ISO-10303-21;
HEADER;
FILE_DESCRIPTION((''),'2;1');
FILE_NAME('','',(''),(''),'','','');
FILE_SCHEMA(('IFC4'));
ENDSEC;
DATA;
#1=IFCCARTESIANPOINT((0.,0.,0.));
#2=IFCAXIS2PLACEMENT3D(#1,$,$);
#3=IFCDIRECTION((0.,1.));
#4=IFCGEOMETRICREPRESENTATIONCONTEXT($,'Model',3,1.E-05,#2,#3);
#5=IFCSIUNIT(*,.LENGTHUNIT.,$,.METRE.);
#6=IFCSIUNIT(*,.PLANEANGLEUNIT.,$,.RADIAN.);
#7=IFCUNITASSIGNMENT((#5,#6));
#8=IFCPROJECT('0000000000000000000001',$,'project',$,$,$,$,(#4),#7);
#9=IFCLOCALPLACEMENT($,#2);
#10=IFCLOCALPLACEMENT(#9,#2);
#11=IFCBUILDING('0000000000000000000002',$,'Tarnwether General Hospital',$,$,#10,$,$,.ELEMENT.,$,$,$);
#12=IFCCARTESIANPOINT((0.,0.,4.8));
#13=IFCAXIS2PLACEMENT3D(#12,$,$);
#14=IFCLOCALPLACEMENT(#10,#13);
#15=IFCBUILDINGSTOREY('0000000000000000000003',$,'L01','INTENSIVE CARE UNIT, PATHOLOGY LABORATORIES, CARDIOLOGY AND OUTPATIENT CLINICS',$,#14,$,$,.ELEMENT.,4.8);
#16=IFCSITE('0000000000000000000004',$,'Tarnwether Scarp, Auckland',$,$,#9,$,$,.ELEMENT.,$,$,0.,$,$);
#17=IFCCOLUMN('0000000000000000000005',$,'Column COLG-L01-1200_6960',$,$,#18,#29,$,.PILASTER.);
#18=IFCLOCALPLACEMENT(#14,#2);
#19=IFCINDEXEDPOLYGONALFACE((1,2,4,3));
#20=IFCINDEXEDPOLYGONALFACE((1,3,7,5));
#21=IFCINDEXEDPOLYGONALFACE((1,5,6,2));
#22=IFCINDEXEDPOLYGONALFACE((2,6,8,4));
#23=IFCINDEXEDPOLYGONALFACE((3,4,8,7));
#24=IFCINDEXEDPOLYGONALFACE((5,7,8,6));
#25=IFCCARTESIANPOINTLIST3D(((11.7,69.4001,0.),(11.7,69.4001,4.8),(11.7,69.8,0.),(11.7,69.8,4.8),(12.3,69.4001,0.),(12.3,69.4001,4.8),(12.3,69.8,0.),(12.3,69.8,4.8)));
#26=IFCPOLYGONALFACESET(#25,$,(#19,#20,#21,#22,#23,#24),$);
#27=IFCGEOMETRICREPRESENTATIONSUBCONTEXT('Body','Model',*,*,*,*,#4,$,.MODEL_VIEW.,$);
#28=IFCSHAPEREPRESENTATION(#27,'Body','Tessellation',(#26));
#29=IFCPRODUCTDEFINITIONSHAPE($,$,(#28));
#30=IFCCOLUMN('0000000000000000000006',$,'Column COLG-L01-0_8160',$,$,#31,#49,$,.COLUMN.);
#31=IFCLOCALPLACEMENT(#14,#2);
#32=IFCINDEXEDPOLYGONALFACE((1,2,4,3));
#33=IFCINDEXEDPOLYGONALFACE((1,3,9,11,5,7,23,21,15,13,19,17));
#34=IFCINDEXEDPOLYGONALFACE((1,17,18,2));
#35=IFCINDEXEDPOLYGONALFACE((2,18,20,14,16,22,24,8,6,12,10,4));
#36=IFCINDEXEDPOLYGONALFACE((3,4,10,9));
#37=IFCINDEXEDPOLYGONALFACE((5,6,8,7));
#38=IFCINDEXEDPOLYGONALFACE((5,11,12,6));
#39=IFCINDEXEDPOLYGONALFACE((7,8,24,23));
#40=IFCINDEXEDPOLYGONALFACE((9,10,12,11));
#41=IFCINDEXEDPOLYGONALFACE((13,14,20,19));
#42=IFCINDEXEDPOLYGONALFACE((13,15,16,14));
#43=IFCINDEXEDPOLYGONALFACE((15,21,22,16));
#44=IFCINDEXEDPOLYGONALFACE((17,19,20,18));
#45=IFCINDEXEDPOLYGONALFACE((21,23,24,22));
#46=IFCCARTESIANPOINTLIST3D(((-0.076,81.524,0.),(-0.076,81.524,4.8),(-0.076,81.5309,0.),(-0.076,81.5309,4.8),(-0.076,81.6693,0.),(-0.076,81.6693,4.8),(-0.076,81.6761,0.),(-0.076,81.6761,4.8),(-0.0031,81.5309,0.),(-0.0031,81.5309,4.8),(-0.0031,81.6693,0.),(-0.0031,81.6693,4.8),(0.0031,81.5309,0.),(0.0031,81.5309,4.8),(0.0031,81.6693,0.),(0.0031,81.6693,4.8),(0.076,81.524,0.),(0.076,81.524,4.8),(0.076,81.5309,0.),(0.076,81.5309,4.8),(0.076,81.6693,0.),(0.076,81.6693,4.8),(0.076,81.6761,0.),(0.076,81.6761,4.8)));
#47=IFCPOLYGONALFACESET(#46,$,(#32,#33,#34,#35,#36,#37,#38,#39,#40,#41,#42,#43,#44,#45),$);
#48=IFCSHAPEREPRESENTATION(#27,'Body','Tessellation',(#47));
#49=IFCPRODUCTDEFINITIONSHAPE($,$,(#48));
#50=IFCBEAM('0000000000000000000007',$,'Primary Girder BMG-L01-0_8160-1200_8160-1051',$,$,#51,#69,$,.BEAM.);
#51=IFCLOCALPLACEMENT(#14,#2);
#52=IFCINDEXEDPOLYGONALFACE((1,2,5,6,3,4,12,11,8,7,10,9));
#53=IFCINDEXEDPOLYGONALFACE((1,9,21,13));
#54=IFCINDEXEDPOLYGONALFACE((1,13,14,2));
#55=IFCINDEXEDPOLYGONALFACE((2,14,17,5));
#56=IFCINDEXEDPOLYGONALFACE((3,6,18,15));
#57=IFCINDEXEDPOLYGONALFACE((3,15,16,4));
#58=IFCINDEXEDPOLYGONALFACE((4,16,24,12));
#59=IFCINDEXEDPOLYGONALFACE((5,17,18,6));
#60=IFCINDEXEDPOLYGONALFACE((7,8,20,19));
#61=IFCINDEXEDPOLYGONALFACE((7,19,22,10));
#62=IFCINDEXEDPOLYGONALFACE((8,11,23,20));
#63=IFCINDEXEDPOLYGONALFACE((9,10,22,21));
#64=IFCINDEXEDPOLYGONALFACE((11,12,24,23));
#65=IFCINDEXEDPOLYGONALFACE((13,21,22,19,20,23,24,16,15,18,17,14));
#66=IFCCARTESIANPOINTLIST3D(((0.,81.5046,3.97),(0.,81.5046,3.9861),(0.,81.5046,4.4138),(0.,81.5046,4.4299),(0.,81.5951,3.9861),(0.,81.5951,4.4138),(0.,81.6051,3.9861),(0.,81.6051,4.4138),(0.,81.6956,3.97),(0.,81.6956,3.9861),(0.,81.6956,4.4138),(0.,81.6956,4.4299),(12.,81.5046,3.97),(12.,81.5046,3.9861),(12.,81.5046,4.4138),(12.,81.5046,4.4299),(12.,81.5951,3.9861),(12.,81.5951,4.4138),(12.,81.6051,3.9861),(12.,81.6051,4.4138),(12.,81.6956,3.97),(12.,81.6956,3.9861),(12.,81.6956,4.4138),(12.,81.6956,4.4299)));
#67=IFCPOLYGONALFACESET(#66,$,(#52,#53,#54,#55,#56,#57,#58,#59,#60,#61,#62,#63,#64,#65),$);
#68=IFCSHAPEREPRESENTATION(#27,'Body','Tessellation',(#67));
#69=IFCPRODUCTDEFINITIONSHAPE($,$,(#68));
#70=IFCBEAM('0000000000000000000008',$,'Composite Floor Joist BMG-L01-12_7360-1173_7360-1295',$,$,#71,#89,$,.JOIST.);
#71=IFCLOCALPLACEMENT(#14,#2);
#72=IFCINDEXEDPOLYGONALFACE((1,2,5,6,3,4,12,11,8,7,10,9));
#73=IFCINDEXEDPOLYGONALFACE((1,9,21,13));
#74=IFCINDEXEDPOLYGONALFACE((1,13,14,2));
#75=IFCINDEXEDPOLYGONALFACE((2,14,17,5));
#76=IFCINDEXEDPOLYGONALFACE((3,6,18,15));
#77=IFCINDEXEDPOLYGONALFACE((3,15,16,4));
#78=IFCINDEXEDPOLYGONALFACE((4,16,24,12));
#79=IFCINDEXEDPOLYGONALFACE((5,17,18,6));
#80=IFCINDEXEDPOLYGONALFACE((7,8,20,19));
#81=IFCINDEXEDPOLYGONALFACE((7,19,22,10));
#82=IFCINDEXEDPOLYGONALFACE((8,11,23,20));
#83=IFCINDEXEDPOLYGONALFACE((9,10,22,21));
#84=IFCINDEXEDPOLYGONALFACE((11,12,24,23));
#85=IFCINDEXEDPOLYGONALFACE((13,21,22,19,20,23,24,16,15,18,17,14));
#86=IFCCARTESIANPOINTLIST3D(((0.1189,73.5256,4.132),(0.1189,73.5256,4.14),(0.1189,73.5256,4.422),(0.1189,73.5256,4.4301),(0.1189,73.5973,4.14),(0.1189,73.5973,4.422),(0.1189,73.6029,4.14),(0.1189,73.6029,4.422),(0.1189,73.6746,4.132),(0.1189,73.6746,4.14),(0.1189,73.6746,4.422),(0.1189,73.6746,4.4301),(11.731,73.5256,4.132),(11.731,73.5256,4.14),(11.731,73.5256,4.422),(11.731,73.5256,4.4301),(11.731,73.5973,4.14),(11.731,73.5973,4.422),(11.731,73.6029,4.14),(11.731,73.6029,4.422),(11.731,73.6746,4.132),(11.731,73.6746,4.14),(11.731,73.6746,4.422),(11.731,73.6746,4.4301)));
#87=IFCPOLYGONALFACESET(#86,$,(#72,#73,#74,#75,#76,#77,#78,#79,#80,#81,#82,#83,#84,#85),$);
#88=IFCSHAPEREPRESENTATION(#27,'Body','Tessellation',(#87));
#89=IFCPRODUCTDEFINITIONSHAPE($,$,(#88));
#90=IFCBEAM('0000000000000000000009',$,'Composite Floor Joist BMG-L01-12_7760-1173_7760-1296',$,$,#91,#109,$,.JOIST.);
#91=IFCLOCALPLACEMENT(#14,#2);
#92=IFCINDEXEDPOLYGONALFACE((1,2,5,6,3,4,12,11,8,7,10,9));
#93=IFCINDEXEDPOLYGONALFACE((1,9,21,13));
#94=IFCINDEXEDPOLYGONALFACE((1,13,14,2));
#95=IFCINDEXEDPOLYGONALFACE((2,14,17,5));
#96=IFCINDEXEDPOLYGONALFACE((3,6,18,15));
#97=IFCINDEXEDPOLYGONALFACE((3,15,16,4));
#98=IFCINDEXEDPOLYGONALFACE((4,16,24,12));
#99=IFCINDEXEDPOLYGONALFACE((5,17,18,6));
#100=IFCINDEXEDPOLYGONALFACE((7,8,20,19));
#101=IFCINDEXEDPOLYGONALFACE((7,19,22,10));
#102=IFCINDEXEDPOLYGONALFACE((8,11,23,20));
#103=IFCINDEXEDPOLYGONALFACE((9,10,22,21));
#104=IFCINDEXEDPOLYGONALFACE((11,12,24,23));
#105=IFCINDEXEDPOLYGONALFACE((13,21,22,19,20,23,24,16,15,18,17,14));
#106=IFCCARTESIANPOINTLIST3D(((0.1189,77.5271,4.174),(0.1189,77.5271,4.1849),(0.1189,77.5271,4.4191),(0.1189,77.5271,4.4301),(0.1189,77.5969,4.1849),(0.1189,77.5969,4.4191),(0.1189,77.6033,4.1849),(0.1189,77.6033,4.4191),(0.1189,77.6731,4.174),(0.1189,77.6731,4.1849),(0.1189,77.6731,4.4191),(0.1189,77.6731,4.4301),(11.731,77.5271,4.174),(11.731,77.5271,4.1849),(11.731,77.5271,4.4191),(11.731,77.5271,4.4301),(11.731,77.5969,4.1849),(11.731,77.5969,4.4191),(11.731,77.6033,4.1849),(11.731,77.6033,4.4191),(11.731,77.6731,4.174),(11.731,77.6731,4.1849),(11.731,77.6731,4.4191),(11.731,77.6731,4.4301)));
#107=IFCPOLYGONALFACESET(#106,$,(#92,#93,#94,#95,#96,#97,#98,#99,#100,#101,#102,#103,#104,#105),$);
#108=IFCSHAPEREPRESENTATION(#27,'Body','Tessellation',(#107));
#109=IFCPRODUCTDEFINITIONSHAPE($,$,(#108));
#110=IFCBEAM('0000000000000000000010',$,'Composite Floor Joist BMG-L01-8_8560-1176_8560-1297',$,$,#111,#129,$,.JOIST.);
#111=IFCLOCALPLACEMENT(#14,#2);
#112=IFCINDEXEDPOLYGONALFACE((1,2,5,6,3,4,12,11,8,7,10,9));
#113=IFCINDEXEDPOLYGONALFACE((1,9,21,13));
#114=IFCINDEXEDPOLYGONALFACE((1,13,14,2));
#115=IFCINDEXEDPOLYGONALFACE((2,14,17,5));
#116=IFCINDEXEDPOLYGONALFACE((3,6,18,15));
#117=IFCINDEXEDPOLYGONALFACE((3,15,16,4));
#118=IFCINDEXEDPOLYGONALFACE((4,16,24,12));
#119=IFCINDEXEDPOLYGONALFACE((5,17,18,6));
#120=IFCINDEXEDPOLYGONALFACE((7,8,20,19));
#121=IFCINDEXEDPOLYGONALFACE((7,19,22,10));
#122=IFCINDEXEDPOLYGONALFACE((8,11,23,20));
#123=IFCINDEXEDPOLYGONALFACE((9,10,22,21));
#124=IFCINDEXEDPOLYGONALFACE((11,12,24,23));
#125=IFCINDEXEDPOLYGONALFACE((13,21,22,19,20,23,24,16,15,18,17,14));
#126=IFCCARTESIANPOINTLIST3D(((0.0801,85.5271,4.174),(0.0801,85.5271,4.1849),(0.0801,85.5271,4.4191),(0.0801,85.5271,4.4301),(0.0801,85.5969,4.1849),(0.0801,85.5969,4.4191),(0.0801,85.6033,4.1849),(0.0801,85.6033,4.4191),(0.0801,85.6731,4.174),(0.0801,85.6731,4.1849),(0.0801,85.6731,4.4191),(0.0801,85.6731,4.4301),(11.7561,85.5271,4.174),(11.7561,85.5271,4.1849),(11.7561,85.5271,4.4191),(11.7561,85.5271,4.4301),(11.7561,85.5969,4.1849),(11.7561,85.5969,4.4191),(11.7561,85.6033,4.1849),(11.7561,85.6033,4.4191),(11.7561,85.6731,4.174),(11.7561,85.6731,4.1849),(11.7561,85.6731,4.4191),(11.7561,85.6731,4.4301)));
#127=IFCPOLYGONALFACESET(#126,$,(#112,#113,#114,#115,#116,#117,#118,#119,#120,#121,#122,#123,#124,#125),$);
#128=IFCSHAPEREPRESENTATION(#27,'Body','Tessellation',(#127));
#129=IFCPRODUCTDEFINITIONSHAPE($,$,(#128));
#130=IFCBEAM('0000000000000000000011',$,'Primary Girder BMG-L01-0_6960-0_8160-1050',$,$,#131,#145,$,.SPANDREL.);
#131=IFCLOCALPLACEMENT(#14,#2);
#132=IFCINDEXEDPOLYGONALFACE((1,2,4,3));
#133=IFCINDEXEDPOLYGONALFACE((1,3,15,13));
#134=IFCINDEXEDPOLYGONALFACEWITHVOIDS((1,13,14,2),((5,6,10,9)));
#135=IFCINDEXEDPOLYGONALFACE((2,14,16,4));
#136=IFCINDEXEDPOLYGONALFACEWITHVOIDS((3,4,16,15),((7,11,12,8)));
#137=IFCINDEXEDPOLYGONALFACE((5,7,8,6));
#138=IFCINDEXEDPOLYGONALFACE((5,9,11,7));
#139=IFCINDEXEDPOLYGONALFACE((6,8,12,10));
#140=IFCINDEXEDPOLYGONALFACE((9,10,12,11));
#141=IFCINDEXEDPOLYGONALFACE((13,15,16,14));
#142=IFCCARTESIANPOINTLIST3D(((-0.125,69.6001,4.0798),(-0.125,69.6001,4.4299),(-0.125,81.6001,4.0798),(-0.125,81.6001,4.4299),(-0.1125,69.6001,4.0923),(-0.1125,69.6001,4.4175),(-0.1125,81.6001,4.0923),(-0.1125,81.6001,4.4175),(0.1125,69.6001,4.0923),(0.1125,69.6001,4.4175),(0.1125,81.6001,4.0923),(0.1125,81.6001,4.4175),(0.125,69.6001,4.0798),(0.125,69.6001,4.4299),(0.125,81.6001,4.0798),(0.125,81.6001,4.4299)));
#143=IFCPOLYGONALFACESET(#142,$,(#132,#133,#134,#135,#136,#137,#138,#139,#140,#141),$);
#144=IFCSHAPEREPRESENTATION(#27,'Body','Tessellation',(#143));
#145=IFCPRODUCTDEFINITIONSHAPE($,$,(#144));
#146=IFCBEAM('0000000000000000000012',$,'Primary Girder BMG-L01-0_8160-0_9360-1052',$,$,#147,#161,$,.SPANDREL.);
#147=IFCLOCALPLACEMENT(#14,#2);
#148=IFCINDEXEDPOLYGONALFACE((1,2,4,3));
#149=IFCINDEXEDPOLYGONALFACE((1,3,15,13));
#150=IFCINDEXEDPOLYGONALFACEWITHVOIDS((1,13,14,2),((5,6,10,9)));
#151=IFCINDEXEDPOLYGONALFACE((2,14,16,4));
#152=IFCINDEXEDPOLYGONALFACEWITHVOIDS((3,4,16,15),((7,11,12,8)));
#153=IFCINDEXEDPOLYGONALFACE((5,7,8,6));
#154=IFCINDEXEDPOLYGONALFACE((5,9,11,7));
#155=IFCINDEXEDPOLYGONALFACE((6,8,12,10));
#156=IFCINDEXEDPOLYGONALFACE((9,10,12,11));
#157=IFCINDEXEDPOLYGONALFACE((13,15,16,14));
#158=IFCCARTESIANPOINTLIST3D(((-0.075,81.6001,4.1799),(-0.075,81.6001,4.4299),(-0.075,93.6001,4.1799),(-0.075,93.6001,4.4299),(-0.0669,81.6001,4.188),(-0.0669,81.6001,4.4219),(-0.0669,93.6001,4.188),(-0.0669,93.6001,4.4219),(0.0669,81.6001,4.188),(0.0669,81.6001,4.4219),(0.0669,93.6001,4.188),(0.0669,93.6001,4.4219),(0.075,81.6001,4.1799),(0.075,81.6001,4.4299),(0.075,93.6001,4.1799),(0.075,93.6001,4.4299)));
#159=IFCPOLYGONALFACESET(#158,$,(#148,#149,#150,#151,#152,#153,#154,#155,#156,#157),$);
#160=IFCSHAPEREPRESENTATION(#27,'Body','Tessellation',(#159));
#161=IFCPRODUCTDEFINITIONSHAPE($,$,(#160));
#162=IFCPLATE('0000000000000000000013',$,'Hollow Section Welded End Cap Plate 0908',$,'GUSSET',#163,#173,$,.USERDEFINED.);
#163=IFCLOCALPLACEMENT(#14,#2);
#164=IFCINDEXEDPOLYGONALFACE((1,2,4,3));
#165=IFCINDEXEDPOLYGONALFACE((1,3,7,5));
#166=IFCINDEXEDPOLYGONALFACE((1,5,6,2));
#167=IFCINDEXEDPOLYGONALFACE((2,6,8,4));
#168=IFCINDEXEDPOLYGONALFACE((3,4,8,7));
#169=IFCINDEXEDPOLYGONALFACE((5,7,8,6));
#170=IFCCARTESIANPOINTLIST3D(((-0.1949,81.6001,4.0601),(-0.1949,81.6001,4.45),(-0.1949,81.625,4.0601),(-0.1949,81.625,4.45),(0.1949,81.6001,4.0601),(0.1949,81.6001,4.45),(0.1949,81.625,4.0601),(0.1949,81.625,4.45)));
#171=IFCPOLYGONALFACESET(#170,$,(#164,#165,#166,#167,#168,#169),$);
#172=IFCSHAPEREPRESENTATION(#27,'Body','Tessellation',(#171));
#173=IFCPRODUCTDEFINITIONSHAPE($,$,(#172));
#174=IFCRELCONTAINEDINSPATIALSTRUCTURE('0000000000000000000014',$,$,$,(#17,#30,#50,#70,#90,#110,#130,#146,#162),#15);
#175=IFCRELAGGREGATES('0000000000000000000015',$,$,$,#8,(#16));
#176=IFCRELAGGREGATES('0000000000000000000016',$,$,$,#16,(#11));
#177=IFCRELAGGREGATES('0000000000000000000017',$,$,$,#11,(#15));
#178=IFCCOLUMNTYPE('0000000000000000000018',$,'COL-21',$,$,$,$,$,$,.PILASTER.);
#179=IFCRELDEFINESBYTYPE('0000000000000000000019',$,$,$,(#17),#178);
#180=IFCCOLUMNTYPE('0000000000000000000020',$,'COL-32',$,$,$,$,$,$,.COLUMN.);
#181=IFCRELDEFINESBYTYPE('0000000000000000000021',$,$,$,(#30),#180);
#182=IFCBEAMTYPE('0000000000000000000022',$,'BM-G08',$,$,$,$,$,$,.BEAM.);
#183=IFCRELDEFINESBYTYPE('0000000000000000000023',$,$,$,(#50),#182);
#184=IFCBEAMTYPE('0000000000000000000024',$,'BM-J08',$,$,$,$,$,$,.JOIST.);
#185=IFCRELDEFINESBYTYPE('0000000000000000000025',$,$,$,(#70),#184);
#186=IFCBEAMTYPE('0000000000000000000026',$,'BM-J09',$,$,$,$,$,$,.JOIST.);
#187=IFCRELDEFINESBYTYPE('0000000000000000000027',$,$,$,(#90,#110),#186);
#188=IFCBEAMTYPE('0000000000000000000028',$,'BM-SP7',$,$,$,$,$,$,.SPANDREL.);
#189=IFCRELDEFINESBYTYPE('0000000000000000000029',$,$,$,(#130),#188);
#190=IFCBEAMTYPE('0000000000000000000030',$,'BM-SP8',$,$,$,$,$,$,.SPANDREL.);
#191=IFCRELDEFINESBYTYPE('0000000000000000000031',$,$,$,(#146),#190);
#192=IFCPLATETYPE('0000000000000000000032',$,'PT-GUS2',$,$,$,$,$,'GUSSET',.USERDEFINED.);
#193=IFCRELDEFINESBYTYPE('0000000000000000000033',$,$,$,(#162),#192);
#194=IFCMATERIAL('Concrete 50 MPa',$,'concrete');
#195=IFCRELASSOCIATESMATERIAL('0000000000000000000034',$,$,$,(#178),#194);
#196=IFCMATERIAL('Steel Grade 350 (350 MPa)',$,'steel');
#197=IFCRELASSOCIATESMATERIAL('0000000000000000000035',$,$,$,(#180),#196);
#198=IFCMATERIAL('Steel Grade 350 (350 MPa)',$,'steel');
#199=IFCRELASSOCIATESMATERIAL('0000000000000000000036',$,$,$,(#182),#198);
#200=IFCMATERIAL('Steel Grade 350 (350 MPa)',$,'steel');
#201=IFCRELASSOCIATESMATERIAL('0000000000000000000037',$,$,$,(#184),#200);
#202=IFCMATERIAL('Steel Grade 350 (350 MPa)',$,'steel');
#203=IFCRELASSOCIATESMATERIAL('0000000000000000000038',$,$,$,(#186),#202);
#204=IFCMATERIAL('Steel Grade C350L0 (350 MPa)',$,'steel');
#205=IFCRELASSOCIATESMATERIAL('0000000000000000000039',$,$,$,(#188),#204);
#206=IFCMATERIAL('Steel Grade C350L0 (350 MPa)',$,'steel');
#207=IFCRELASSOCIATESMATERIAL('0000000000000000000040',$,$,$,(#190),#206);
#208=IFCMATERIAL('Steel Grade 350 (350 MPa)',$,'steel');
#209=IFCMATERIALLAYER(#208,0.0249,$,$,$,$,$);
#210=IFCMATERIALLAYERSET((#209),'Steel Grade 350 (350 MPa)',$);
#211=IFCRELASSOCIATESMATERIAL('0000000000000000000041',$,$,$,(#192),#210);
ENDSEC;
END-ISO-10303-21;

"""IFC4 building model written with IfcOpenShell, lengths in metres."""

from ifc_helpers import new_model, si_unit, direction, frame, origin, origin_2d, place, context, subcontext, project, spatial, rectangle, hollow_rectangle, i_section, extrude, material, layer, layer_set, material_profile, profile_set, type_object, element, save


model = new_model("IFC4")

# Units and contexts
model_context = context("Model", 3, precision=1e-05, world=origin(), true_north=direction((0.0, 1.0)))
body_context = subcontext(model_context, "Body", "Model", "MODEL_VIEW")
ifc_project = project(units=[si_unit("LENGTHUNIT", "METRE"), si_unit("PLANEANGLEUNIT", "RADIAN")], contexts=[model_context])

# Site, building, storey
site_placement = place(None, origin())
site = spatial("IfcSite", under=ifc_project, at=site_placement, Name="Tarnwether Scarp, Auckland", CompositionType="ELEMENT", RefElevation=0.0)
building_placement = place(site_placement, origin())
building = spatial("IfcBuilding", under=site, at=building_placement, Name="Tarnwether General Hospital", CompositionType="ELEMENT")
storey_placement = place(building_placement, frame((0.0, 0.0, 4.8)))
storey = spatial("IfcBuildingStorey", under=building, at=storey_placement, Name="L01", Description="INTENSIVE CARE UNIT, PATHOLOGY LABORATORIES, CARDIOLOGY AND OUTPATIENT CLINICS", CompositionType="ELEMENT", Elevation=4.8)

# Columns
ifc_material_1 = material(Name="Concrete 50 MPa", Category="concrete")
ifc_material_profile_1 = material_profile(ifc_material_1, rectangle(XDim=0.3999, YDim=0.6001, at=origin_2d()), Name="RC-PIL-400x600")
ifc_profile_set_1 = profile_set([ifc_material_profile_1], Name="Concrete 50 MPa")
column_type_1 = type_object("IfcColumnType", Name="COL-21", PredefinedType="PILASTER", material=ifc_profile_set_1)
column_1_placement = place(storey_placement, frame((12.0, 69.6001, 0.0), z_axis=(0.0, 0.0, 1.0), x_axis=(0.0, 1.0, 0.0)))
element("IfcColumn", 1, at=column_1_placement, inside=storey, type_object=column_type_1, Name="Column COLG-L01-1200_6960", PredefinedType="PILASTER", context=body_context, shape_type="SweptSolid", body=[
    extrude(rectangle(XDim=0.3999, YDim=0.6001, at=origin_2d()), origin(), (0.0, 0.0, 1.0), 4.8),
])
ifc_material_2 = material(Name="Steel Grade 350 (350 MPa)", Category="steel")
ifc_material_profile_2 = material_profile(ifc_material_2, i_section(OverallWidth=0.1521, OverallDepth=0.1521, WebThickness=0.0061, FlangeThickness=0.0068, at=origin_2d()), Name="150UC23.4")
ifc_profile_set_2 = profile_set([ifc_material_profile_2], Name="Steel Grade 350 (350 MPa)")
column_type_2 = type_object("IfcColumnType", Name="COL-32", PredefinedType="COLUMN", material=ifc_profile_set_2)
column_2_placement = place(storey_placement, frame((0.0, 81.6001, 0.0), z_axis=(0.0, 0.0, 1.0), x_axis=(1.0, 0.0, 0.0)))
element("IfcColumn", 2, at=column_2_placement, inside=storey, type_object=column_type_2, Name="Column COLG-L01-0_8160", PredefinedType="COLUMN", context=body_context, shape_type="SweptSolid", body=[
    extrude(i_section(OverallWidth=0.1521, OverallDepth=0.1521, WebThickness=0.0061, FlangeThickness=0.0068, at=origin_2d()), origin(), (0.0, 0.0, 1.0), 4.8),
])

# Beams
ifc_material_3 = material(Name="Steel Grade 350 (350 MPa)", Category="steel")
ifc_material_profile_3 = material_profile(ifc_material_3, i_section(OverallWidth=0.1909, OverallDepth=0.46, WebThickness=0.01, FlangeThickness=0.0161, at=origin_2d()), Name="460UB82.1")
ifc_profile_set_3 = profile_set([ifc_material_profile_3], Name="Steel Grade 350 (350 MPa)")
beam_type_1 = type_object("IfcBeamType", Name="BM-G08", PredefinedType="BEAM", material=ifc_profile_set_3)
beam_1_placement = place(storey_placement, frame((0.0, 81.6001, 4.2), z_axis=(1.0, 0.0, 0.0), x_axis=(0.0, 1.0, 0.0)))
element("IfcBeam", 3, at=beam_1_placement, inside=storey, type_object=beam_type_1, Name="Primary Girder BMG-L01-0_8160-1200_8160-1051", PredefinedType="BEAM", context=body_context, shape_type="SweptSolid", body=[
    extrude(i_section(OverallWidth=0.1909, OverallDepth=0.46, WebThickness=0.01, FlangeThickness=0.0161, at=origin_2d()), origin(), (0.0, 0.0, 1.0), 12.0),
])
ifc_material_4 = material(Name="Steel Grade 350 (350 MPa)", Category="steel")
ifc_material_profile_4 = material_profile(ifc_material_4, i_section(OverallWidth=0.1489, OverallDepth=0.2981, WebThickness=0.0056, FlangeThickness=0.0081, at=origin_2d()), Name="310UB32.0")
ifc_profile_set_4 = profile_set([ifc_material_profile_4], Name="Steel Grade 350 (350 MPa)")
beam_type_2 = type_object("IfcBeamType", Name="BM-J08", PredefinedType="JOIST", material=ifc_profile_set_4)
beam_2_placement = place(storey_placement, frame((0.1189, 73.6001, 4.281), z_axis=(1.0, 0.0, 0.0), x_axis=(0.0, 1.0, 0.0)))
element("IfcBeam", 4, at=beam_2_placement, inside=storey, type_object=beam_type_2, Name="Composite Floor Joist BMG-L01-12_7360-1173_7360-1295", PredefinedType="JOIST", context=body_context, shape_type="SweptSolid", body=[
    extrude(i_section(OverallWidth=0.1489, OverallDepth=0.2981, WebThickness=0.0056, FlangeThickness=0.0081, at=origin_2d()), origin(), (0.0, 0.0, 1.0), 11.6121),
])
ifc_material_5 = material(Name="Steel Grade 350 (350 MPa)", Category="steel")
ifc_material_profile_5 = material_profile(ifc_material_5, i_section(OverallWidth=0.146, OverallDepth=0.2561, WebThickness=0.0063, FlangeThickness=0.011, at=origin_2d()), Name="250UB37.3")
ifc_profile_set_5 = profile_set([ifc_material_profile_5], Name="Steel Grade 350 (350 MPa)")
beam_type_3 = type_object("IfcBeamType", Name="BM-J09", PredefinedType="JOIST", material=ifc_profile_set_5)
beam_3_placement = place(storey_placement, frame((0.1189, 77.6001, 4.302), z_axis=(1.0, 0.0, 0.0), x_axis=(0.0, 1.0, 0.0)))
element("IfcBeam", 5, at=beam_3_placement, inside=storey, type_object=beam_type_3, Name="Composite Floor Joist BMG-L01-12_7760-1173_7760-1296", PredefinedType="JOIST", context=body_context, shape_type="SweptSolid", body=[
    extrude(i_section(OverallWidth=0.146, OverallDepth=0.2561, WebThickness=0.0063, FlangeThickness=0.011, at=origin_2d()), origin(), (0.0, 0.0, 1.0), 11.6121),
])
beam_4_placement = place(storey_placement, frame((0.0801, 85.6001, 4.302), z_axis=(1.0, 0.0, 0.0), x_axis=(0.0, 1.0, 0.0)))
element("IfcBeam", 6, at=beam_4_placement, inside=storey, type_object=beam_type_3, Name="Composite Floor Joist BMG-L01-8_8560-1176_8560-1297", PredefinedType="JOIST", context=body_context, shape_type="SweptSolid", body=[
    extrude(i_section(OverallWidth=0.146, OverallDepth=0.2561, WebThickness=0.0063, FlangeThickness=0.011, at=origin_2d()), origin(), (0.0, 0.0, 1.0), 11.676),
])
ifc_material_6 = material(Name="Steel Grade C350L0 (350 MPa)", Category="steel")
ifc_material_profile_6 = material_profile(ifc_material_6, hollow_rectangle(XDim=0.25, YDim=0.3501, WallThickness=0.0125, at=origin_2d()), Name="RHS350x250x12.5")
ifc_profile_set_6 = profile_set([ifc_material_profile_6], Name="Steel Grade C350L0 (350 MPa)")
beam_type_4 = type_object("IfcBeamType", Name="BM-SP7", PredefinedType="SPANDREL", material=ifc_profile_set_6)
beam_5_placement = place(storey_placement, frame((0.0, 69.6001, 4.2549), z_axis=(0.0, 1.0, 0.0), x_axis=(-1.0, 0.0, 0.0)))
element("IfcBeam", 7, at=beam_5_placement, inside=storey, type_object=beam_type_4, Name="Primary Girder BMG-L01-0_6960-0_8160-1050", PredefinedType="SPANDREL", context=body_context, shape_type="SweptSolid", body=[
    extrude(hollow_rectangle(XDim=0.25, YDim=0.3501, WallThickness=0.0125, at=origin_2d()), origin(), (0.0, 0.0, 1.0), 12.0),
])
ifc_material_7 = material(Name="Steel Grade C350L0 (350 MPa)", Category="steel")
ifc_material_profile_7 = material_profile(ifc_material_7, hollow_rectangle(XDim=0.1499, YDim=0.25, WallThickness=0.0081, at=origin_2d()), Name="RHS250x150x8")
ifc_profile_set_7 = profile_set([ifc_material_profile_7], Name="Steel Grade C350L0 (350 MPa)")
beam_type_5 = type_object("IfcBeamType", Name="BM-SP8", PredefinedType="SPANDREL", material=ifc_profile_set_7)
beam_6_placement = place(storey_placement, frame((0.0, 81.6001, 4.3049), z_axis=(0.0, 1.0, 0.0), x_axis=(-1.0, 0.0, 0.0)))
element("IfcBeam", 8, at=beam_6_placement, inside=storey, type_object=beam_type_5, Name="Primary Girder BMG-L01-0_8160-0_9360-1052", PredefinedType="SPANDREL", context=body_context, shape_type="SweptSolid", body=[
    extrude(hollow_rectangle(XDim=0.1499, YDim=0.25, WallThickness=0.0081, at=origin_2d()), origin(), (0.0, 0.0, 1.0), 12.0),
])

# Plate
ifc_material_8 = material(Name="Steel Grade 350 (350 MPa)", Category="steel")
ifc_layer_1 = layer(ifc_material_8, 0.0249)
ifc_layer_set_1 = layer_set([ifc_layer_1], Name="Steel Grade 350 (350 MPa)")
plate_type = type_object("IfcPlateType", Name="PT-GUS2", ElementType="GUSSET", PredefinedType="USERDEFINED", material=ifc_layer_set_1)
plate_1_placement = place(storey_placement, frame((0.0, 81.6125, 4.0601), z_axis=(0.0, 0.0, 1.0), x_axis=(0.0, 1.0, 0.0)))
element("IfcPlate", 9, at=plate_1_placement, inside=storey, type_object=plate_type, Name="Hollow Section Welded End Cap Plate 0908", ObjectType="GUSSET", PredefinedType="USERDEFINED", context=body_context, shape_type="SweptSolid", body=[
    extrude(rectangle(XDim=0.0249, YDim=0.3899, at=origin_2d()), origin(), (0.0, 0.0, 1.0), 0.3899),
])

save(model, "model.ifc")
